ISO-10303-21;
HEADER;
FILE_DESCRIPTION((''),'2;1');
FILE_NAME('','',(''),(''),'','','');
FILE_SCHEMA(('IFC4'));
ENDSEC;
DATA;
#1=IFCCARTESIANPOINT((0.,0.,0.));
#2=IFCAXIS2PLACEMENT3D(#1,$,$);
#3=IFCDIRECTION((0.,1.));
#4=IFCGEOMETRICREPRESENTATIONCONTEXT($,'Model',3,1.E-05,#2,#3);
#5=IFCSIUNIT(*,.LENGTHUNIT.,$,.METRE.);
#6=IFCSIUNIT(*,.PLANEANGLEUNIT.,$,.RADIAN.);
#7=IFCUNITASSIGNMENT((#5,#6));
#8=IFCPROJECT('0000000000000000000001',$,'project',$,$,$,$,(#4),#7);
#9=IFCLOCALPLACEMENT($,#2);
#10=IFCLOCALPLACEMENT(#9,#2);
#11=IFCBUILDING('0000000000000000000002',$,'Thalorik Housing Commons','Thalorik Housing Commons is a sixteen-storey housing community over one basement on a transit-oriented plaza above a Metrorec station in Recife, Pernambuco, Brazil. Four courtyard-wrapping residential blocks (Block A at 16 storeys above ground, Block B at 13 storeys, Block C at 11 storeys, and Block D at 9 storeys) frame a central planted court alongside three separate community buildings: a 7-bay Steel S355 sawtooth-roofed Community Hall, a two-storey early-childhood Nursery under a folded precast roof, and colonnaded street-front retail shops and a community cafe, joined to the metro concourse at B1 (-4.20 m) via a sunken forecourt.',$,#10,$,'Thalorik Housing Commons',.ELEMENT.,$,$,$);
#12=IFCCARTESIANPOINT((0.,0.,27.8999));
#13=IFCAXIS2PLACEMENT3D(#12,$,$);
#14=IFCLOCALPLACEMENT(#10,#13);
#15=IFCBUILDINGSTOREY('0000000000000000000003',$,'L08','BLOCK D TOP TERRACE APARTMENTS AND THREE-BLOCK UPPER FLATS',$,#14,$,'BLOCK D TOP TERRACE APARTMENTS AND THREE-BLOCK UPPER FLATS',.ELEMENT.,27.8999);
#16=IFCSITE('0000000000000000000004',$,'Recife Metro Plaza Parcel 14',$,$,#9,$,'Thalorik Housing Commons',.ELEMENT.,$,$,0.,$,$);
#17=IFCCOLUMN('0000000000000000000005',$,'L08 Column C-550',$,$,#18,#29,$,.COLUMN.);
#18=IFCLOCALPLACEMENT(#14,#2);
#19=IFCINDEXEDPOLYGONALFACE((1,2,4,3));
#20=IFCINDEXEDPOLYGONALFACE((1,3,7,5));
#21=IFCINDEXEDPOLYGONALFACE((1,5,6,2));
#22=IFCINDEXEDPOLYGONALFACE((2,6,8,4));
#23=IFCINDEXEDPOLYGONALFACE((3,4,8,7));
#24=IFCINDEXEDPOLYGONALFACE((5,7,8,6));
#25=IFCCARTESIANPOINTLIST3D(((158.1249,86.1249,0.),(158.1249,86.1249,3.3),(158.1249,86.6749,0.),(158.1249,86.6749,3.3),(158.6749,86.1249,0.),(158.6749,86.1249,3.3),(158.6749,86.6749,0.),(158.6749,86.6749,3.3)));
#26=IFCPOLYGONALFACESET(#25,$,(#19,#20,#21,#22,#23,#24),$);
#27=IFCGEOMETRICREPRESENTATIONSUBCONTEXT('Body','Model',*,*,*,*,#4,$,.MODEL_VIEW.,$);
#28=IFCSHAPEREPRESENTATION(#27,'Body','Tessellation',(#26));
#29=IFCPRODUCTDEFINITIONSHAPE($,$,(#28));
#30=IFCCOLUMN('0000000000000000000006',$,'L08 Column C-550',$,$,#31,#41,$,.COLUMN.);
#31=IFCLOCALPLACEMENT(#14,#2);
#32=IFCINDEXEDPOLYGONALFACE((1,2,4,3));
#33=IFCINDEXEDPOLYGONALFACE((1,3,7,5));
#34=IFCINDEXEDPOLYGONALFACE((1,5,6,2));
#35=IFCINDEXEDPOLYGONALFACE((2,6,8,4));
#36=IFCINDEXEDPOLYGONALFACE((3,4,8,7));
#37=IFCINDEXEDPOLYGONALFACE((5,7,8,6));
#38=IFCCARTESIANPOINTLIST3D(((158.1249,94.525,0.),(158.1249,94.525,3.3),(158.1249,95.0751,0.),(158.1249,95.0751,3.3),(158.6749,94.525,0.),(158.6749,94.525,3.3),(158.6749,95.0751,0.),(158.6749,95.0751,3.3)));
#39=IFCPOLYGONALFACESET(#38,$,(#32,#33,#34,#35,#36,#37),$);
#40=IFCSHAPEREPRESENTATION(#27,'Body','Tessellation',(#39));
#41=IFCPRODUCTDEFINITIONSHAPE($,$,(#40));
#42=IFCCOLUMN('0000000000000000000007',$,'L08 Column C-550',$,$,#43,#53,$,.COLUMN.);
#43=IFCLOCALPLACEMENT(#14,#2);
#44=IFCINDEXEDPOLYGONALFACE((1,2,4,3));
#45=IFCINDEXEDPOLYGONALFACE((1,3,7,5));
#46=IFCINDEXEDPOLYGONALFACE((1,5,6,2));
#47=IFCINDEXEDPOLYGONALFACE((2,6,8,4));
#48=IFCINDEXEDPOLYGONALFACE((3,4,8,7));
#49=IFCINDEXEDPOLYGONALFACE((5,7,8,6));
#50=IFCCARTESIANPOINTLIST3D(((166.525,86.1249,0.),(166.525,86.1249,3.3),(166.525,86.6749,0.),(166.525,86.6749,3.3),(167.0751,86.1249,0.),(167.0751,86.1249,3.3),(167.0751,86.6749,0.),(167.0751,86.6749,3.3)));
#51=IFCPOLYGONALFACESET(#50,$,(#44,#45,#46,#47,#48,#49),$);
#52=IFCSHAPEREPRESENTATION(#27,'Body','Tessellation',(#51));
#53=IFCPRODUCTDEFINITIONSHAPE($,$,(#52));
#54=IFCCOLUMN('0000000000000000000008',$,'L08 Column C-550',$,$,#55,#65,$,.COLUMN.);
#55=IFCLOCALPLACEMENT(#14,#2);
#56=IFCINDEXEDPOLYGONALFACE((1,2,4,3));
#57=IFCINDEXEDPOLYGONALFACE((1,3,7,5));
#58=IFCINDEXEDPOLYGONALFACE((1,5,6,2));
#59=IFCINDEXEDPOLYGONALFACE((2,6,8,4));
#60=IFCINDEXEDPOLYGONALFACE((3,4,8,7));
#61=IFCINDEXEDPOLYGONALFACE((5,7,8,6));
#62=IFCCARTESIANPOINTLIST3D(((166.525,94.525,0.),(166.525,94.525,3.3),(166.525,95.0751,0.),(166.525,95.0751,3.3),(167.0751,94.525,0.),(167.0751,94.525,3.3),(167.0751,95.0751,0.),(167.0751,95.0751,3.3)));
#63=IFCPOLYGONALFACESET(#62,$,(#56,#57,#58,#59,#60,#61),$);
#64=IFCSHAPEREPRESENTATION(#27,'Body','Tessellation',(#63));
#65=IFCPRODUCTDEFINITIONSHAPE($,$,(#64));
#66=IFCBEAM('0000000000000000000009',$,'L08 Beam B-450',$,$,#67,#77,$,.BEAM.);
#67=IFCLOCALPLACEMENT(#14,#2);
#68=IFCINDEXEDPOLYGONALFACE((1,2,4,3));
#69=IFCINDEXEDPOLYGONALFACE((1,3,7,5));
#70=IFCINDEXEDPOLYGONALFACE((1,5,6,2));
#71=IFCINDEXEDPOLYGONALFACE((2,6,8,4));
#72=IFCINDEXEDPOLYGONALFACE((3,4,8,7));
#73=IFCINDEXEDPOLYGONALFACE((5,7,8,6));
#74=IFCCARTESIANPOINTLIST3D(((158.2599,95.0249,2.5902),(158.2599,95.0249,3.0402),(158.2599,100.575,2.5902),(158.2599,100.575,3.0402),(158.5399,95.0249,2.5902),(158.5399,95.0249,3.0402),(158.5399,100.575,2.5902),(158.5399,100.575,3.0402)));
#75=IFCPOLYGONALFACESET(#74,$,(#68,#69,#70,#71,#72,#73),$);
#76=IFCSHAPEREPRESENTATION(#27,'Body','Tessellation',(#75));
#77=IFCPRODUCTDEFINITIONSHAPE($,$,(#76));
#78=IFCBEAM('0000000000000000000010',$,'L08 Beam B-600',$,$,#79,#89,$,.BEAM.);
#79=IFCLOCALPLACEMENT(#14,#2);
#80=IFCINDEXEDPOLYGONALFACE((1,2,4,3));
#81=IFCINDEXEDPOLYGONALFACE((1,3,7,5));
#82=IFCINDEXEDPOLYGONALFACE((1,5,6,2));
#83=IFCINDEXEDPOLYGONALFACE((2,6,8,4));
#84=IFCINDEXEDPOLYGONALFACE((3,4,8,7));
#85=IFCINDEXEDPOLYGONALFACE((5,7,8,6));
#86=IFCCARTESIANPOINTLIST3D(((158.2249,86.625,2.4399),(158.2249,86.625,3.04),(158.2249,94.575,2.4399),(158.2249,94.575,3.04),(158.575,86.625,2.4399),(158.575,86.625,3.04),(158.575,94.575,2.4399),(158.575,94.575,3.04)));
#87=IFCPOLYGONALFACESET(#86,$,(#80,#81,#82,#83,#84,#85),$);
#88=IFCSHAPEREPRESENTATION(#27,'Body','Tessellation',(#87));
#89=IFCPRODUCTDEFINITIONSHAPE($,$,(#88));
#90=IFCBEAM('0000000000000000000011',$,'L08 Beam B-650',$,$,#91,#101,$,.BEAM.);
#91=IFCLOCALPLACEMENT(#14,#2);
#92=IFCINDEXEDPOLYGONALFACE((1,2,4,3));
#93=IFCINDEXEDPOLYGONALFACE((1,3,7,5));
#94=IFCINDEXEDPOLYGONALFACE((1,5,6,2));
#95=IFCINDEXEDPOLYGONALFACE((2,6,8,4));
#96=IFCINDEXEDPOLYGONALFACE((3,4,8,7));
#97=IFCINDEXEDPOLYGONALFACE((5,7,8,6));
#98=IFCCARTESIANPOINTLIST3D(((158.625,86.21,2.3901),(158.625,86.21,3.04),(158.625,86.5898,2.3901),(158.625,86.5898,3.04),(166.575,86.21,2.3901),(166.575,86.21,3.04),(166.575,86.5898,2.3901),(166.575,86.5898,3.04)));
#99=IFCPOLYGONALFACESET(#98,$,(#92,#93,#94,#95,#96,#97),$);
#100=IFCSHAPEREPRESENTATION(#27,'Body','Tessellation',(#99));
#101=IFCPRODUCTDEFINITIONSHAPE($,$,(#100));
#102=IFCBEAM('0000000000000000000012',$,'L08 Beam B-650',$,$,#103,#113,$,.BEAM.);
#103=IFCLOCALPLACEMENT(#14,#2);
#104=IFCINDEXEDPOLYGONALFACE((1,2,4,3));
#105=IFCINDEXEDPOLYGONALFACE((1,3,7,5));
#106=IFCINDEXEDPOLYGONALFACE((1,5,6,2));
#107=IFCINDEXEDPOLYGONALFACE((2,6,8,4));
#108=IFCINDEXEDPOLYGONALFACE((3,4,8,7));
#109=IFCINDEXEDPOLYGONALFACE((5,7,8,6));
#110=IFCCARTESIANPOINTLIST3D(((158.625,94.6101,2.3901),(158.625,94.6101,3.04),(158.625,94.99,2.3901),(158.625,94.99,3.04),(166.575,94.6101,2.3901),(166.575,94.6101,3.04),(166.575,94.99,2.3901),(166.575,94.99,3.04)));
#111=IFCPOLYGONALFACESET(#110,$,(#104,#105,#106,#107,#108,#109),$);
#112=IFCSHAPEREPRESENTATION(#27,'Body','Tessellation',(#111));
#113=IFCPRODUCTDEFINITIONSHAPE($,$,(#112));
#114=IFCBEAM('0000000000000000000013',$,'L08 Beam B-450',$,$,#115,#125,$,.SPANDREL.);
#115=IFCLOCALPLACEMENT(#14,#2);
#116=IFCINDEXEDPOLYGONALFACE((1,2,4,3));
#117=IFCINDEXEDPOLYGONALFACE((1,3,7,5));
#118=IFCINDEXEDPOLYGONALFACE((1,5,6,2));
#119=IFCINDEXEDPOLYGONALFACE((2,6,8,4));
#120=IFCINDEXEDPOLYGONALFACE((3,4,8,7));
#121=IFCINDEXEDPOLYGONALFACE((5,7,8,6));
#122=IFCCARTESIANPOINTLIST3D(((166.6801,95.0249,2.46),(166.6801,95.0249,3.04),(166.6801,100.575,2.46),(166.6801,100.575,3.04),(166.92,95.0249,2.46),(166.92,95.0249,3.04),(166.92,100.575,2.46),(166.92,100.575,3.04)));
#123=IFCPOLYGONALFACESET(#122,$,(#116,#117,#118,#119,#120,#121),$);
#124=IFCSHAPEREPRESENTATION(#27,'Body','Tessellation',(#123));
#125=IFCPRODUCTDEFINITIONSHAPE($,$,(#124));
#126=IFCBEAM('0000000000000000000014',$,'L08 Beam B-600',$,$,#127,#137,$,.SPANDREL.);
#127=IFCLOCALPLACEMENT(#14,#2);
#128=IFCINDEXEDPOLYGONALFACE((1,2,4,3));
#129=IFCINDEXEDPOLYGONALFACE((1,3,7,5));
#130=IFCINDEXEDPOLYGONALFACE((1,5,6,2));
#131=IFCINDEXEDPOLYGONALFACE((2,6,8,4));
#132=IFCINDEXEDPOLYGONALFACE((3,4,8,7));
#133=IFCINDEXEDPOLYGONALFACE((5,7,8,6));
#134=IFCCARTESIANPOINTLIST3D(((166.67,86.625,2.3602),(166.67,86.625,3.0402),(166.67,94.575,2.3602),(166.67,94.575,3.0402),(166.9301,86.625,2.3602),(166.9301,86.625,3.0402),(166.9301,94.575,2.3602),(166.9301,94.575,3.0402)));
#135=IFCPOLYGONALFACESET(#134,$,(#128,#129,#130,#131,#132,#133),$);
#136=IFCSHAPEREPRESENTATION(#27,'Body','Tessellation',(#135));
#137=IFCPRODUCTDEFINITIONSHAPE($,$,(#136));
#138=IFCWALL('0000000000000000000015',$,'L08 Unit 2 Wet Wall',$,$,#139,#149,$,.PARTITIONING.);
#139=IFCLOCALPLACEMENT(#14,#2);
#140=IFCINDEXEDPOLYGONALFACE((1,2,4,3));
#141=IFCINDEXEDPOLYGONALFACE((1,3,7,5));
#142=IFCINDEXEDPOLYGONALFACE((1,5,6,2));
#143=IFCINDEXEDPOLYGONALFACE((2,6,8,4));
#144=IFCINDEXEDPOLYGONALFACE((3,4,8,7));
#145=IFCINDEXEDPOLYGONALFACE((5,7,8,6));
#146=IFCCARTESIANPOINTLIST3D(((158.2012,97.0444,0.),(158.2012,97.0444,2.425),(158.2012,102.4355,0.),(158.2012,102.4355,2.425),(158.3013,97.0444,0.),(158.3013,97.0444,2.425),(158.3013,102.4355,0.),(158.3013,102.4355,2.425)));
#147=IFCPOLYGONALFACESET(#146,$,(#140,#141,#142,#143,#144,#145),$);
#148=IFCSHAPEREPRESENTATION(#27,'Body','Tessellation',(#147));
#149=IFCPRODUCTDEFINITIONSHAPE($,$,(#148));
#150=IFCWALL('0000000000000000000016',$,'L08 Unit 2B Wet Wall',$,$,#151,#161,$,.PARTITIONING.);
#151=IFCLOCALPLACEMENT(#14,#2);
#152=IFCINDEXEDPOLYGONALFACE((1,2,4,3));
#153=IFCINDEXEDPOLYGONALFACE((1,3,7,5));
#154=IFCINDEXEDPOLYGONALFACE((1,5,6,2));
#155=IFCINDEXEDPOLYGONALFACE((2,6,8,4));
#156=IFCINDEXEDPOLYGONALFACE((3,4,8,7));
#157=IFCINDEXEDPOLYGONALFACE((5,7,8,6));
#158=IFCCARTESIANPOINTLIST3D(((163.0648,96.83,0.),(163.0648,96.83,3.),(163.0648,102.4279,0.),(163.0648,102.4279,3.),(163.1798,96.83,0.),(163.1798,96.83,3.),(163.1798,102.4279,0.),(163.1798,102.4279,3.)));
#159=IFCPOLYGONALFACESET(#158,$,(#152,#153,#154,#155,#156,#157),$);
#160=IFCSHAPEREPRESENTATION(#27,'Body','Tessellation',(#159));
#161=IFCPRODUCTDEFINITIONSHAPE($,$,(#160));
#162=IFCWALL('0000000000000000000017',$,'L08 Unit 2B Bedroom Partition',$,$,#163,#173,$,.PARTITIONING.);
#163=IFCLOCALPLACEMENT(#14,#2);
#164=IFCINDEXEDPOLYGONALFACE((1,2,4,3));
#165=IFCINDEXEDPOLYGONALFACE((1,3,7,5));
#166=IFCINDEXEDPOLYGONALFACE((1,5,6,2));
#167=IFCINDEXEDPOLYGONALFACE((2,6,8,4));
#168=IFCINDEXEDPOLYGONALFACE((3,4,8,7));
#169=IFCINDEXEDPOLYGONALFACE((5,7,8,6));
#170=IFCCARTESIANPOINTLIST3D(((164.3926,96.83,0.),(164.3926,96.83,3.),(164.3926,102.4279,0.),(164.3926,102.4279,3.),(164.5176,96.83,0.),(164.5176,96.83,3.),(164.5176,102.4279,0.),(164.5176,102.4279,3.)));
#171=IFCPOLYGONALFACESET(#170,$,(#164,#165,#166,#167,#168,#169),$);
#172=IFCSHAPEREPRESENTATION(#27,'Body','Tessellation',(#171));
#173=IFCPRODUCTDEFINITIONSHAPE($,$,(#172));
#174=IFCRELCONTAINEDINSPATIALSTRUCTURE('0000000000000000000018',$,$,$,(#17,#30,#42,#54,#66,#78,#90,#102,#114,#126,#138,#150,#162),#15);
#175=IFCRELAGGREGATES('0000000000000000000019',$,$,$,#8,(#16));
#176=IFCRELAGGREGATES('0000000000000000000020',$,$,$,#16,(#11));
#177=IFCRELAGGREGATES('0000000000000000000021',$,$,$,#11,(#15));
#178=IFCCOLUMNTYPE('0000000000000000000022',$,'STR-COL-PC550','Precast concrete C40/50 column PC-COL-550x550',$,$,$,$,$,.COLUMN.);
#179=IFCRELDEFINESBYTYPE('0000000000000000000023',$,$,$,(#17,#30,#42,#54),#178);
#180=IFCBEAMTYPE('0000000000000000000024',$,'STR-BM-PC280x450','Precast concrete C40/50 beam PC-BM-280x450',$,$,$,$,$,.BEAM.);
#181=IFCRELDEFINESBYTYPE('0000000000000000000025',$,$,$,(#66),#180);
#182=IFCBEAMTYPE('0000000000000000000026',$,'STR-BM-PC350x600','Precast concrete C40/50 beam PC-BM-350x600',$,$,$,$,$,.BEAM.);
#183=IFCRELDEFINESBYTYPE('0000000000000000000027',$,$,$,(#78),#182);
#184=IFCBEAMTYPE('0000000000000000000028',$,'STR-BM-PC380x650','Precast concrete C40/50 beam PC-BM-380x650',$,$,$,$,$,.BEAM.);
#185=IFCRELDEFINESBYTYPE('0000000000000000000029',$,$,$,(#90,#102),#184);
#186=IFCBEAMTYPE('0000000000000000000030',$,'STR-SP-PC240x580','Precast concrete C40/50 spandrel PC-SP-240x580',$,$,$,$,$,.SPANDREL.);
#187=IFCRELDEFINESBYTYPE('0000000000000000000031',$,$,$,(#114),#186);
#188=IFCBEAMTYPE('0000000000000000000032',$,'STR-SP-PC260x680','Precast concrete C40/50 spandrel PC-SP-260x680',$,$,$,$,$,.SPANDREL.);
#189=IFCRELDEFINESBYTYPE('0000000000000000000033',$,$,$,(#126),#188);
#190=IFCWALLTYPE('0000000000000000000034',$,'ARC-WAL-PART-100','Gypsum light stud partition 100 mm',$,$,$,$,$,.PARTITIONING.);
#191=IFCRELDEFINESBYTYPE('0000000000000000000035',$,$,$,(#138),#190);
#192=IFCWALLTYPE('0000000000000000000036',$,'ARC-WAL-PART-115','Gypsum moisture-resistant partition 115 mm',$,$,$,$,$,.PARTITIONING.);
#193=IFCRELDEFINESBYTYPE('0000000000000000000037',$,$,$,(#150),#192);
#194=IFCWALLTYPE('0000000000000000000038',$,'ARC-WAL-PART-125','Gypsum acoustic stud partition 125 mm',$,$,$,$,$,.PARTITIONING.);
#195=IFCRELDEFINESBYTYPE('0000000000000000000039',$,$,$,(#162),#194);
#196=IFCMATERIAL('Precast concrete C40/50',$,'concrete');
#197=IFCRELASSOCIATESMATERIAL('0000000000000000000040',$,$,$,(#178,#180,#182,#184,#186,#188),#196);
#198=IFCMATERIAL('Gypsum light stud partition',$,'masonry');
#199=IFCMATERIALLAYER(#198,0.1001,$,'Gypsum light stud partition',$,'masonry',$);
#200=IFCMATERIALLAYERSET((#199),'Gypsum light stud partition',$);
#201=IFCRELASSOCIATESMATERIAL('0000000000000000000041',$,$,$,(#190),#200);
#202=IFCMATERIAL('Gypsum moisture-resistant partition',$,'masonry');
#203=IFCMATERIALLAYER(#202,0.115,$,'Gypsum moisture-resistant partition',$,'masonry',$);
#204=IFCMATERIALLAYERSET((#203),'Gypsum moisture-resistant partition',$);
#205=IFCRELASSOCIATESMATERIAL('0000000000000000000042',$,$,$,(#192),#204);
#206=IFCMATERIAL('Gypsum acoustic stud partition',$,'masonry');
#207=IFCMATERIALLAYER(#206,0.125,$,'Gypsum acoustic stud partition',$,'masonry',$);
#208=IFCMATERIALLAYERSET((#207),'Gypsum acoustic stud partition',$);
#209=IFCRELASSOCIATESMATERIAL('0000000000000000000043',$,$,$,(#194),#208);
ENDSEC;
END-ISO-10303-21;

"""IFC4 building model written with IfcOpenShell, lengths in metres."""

from ifc_helpers import new_model, si_unit, direction, frame, frame_2d, origin, origin_2d, place, context, subcontext, project, spatial, rectangle, extrude, material, layer, layer_set, material_profile, profile_set, type_object, element, save


model = new_model("IFC4")

# Units and contexts
model_context = context("Model", 3, precision=1e-05, world=origin(), true_north=direction((0.0, 1.0)))
body_context = subcontext(model_context, "Body", "Model", "MODEL_VIEW")
ifc_project = project(units=[si_unit("LENGTHUNIT", "METRE"), si_unit("PLANEANGLEUNIT", "RADIAN")], contexts=[model_context])

# Site, building, storey
site_placement = place(None, origin())
site = spatial("IfcSite", under=ifc_project, at=site_placement, Name="Recife Metro Plaza Parcel 14", LongName="Thalorik Housing Commons", CompositionType="ELEMENT", RefElevation=0.0)
building_placement = place(site_placement, origin())
building = spatial("IfcBuilding", under=site, at=building_placement, Name="Thalorik Housing Commons", Description="Thalorik Housing Commons is a sixteen-storey housing community over one basement on a transit-oriented plaza above a Metrorec station in Recife, Pernambuco, Brazil. Four courtyard-wrapping residential blocks (Block A at 16 storeys above ground, Block B at 13 storeys, Block C at 11 storeys, and Block D at 9 storeys) frame a central planted court alongside three separate community buildings: a 7-bay Steel S355 sawtooth-roofed Community Hall, a two-storey early-childhood Nursery under a folded precast roof, and colonnaded street-front retail shops and a community cafe, joined to the metro concourse at B1 (-4.20 m) via a sunken forecourt.", LongName="Thalorik Housing Commons", CompositionType="ELEMENT")
storey_placement = place(building_placement, frame((0.0, 0.0, 27.8999)))
storey = spatial("IfcBuildingStorey", under=building, at=storey_placement, Name="L08", Description="BLOCK D TOP TERRACE APARTMENTS AND THREE-BLOCK UPPER FLATS", LongName="BLOCK D TOP TERRACE APARTMENTS AND THREE-BLOCK UPPER FLATS", CompositionType="ELEMENT", Elevation=27.8999)

# Columns
ifc_material_1 = material(Name="Precast concrete C40/50", Category="concrete")
ifc_material_profile_1 = material_profile(ifc_material_1, rectangle(XDim=0.55, YDim=0.55, at=origin_2d()), Name="PC 550x550", Category="concrete")
ifc_profile_set_1 = profile_set([ifc_material_profile_1], Name="Precast concrete C40/50")
column_type = type_object("IfcColumnType", Name="STR-COL-PC550", Description="Precast concrete C40/50 column PC-COL-550x550", PredefinedType="COLUMN", material=ifc_profile_set_1)
for number, where, z_axis, x_axis, name in (
    (1, (158.3999, 86.3999, 0.0), (0.0, 0.0, 1.0), (1.0, 0.0, 0.0), "L08 Column C-550"),
    (2, (158.3999, 94.8, 0.0), (0.0, 0.0, 1.0), (1.0, 0.0, 0.0), "L08 Column C-550"),
    (3, (166.8, 86.3999, 0.0), (0.0, 0.0, 1.0), (1.0, 0.0, 0.0), "L08 Column C-550"),
    (4, (166.8, 94.8, 0.0), (0.0, 0.0, 1.0), (1.0, 0.0, 0.0), "L08 Column C-550"),
):
    element("IfcColumn", number, at=place(storey_placement, frame(where, z_axis=z_axis, x_axis=x_axis)), inside=storey, type_object=column_type, Name=name, PredefinedType="COLUMN", context=body_context, shape_type="SweptSolid", body=[
        extrude(rectangle(XDim=0.55, YDim=0.55, at=origin_2d()), origin(), (0.0, 0.0, 1.0), 3.3),
    ])

# Beams
ifc_material_profile_2 = material_profile(ifc_material_1, rectangle(XDim=0.28, YDim=0.45, at=origin_2d()), Name="PC 280x450", Category="concrete")
ifc_profile_set_2 = profile_set([ifc_material_profile_2], Name="Precast concrete C40/50")
beam_type_1 = type_object("IfcBeamType", Name="STR-BM-PC280x450", Description="Precast concrete C40/50 beam PC-BM-280x450", PredefinedType="BEAM", material=ifc_profile_set_2)
beam_1_placement = place(storey_placement, frame((158.3999, 95.0249, 2.8152), z_axis=(0.0, 1.0, 0.0), x_axis=(-1.0, 0.0, 0.0)))
element("IfcBeam", 5, at=beam_1_placement, inside=storey, type_object=beam_type_1, Name="L08 Beam B-450", PredefinedType="BEAM", context=body_context, shape_type="SweptSolid", body=[
    extrude(rectangle(XDim=0.28, YDim=0.45, at=origin_2d()), origin(), (0.0, 0.0, 1.0), 5.55),
])
ifc_material_profile_3 = material_profile(ifc_material_1, rectangle(XDim=0.3501, YDim=0.6001, at=origin_2d()), Name="PC 350x600", Category="concrete")
ifc_profile_set_3 = profile_set([ifc_material_profile_3], Name="Precast concrete C40/50")
beam_type_2 = type_object("IfcBeamType", Name="STR-BM-PC350x600", Description="Precast concrete C40/50 beam PC-BM-350x600", PredefinedType="BEAM", material=ifc_profile_set_3)
beam_2_placement = place(storey_placement, frame((158.3999, 86.625, 2.74), z_axis=(0.0, 1.0, 0.0), x_axis=(-1.0, 0.0, 0.0)))
element("IfcBeam", 6, at=beam_2_placement, inside=storey, type_object=beam_type_2, Name="L08 Beam B-600", PredefinedType="BEAM", context=body_context, shape_type="SweptSolid", body=[
    extrude(rectangle(XDim=0.3501, YDim=0.6001, at=origin_2d()), origin(), (0.0, 0.0, 1.0), 7.95),
])
ifc_material_profile_4 = material_profile(ifc_material_1, rectangle(XDim=0.3799, YDim=0.6499, at=origin_2d()), Name="PC 380x650", Category="concrete")
ifc_profile_set_4 = profile_set([ifc_material_profile_4], Name="Precast concrete C40/50")
beam_type_3 = type_object("IfcBeamType", Name="STR-BM-PC380x650", Description="Precast concrete C40/50 beam PC-BM-380x650", PredefinedType="BEAM", material=ifc_profile_set_4)
for number, where, z_axis, x_axis, name in (
    (7, (158.625, 86.3999, 2.7151), (1.0, 0.0, 0.0), (0.0, 1.0, 0.0), "L08 Beam B-650"),
    (8, (158.625, 94.8, 2.7151), (1.0, 0.0, 0.0), (0.0, 1.0, 0.0), "L08 Beam B-650"),
):
    element("IfcBeam", number, at=place(storey_placement, frame(where, z_axis=z_axis, x_axis=x_axis)), inside=storey, type_object=beam_type_3, Name=name, PredefinedType="BEAM", context=body_context, shape_type="SweptSolid", body=[
        extrude(rectangle(XDim=0.3799, YDim=0.6499, at=origin_2d()), origin(), (0.0, 0.0, 1.0), 7.95),
    ])
ifc_material_profile_5 = material_profile(ifc_material_1, rectangle(XDim=0.24, YDim=0.5801, at=origin_2d()), Name="PC SP 240x580", Category="concrete")
ifc_profile_set_5 = profile_set([ifc_material_profile_5], Name="Precast concrete C40/50")
beam_type_4 = type_object("IfcBeamType", Name="STR-SP-PC240x580", Description="Precast concrete C40/50 spandrel PC-SP-240x580", PredefinedType="SPANDREL", material=ifc_profile_set_5)
beam_3_placement = place(storey_placement, frame((166.8, 95.0249, 2.75), z_axis=(0.0, 1.0, 0.0), x_axis=(-1.0, 0.0, 0.0)))
element("IfcBeam", 9, at=beam_3_placement, inside=storey, type_object=beam_type_4, Name="L08 Beam B-450", PredefinedType="SPANDREL", context=body_context, shape_type="SweptSolid", body=[
    extrude(rectangle(XDim=0.24, YDim=0.5801, at=origin_2d()), origin(), (0.0, 0.0, 1.0), 5.55),
])
ifc_material_profile_6 = material_profile(ifc_material_1, rectangle(XDim=0.26, YDim=0.6799, at=origin_2d()), Name="PC SP 260x680", Category="concrete")
ifc_profile_set_6 = profile_set([ifc_material_profile_6], Name="Precast concrete C40/50")
beam_type_5 = type_object("IfcBeamType", Name="STR-SP-PC260x680", Description="Precast concrete C40/50 spandrel PC-SP-260x680", PredefinedType="SPANDREL", material=ifc_profile_set_6)
beam_4_placement = place(storey_placement, frame((166.8, 86.625, 2.7002), z_axis=(0.0, 1.0, 0.0), x_axis=(-1.0, 0.0, 0.0)))
element("IfcBeam", 10, at=beam_4_placement, inside=storey, type_object=beam_type_5, Name="L08 Beam B-600", PredefinedType="SPANDREL", context=body_context, shape_type="SweptSolid", body=[
    extrude(rectangle(XDim=0.26, YDim=0.6799, at=origin_2d()), origin(), (0.0, 0.0, 1.0), 7.95),
])

# Walls
ifc_material_2 = material(Name="Gypsum light stud partition", Category="masonry")
ifc_layer_1 = layer(ifc_material_2, 0.1001, Name="Gypsum light stud partition", Category="masonry")
ifc_layer_set_1 = layer_set([ifc_layer_1], Name="Gypsum light stud partition")
wall_type_1 = type_object("IfcWallType", Name="ARC-WAL-PART-100", Description="Gypsum light stud partition 100 mm", PredefinedType="PARTITIONING", material=ifc_layer_set_1)
wall_1_placement = place(storey_placement, frame((158.2512, 97.0444, 0.0), z_axis=(0.0, 0.0, 1.0), x_axis=(0.0, 1.0, 0.0)))
element("IfcWall", 11, at=wall_1_placement, inside=storey, type_object=wall_type_1, Name="L08 Unit 2 Wet Wall", PredefinedType="PARTITIONING", context=body_context, shape_type="SweptSolid", body=[
    extrude(rectangle(XDim=5.3911, YDim=0.1001, at=frame_2d((2.6956, 0.0))), origin(), (0.0, 0.0, 1.0), 2.425),
])
ifc_material_3 = material(Name="Gypsum moisture-resistant partition", Category="masonry")
ifc_layer_2 = layer(ifc_material_3, 0.115, Name="Gypsum moisture-resistant partition", Category="masonry")
ifc_layer_set_2 = layer_set([ifc_layer_2], Name="Gypsum moisture-resistant partition")
wall_type_2 = type_object("IfcWallType", Name="ARC-WAL-PART-115", Description="Gypsum moisture-resistant partition 115 mm", PredefinedType="PARTITIONING", material=ifc_layer_set_2)
wall_2_placement = place(storey_placement, frame((163.1223, 96.8301, 0.0), z_axis=(0.0, 0.0, 1.0), x_axis=(0.0, 1.0, 0.0)))
element("IfcWall", 12, at=wall_2_placement, inside=storey, type_object=wall_type_2, Name="L08 Unit 2B Wet Wall", PredefinedType="PARTITIONING", context=body_context, shape_type="SweptSolid", body=[
    extrude(rectangle(XDim=5.5979, YDim=0.115, at=frame_2d((2.7988, 0.0))), origin(), (0.0, 0.0, 1.0), 3.0),
])
ifc_material_4 = material(Name="Gypsum acoustic stud partition", Category="masonry")
ifc_layer_3 = layer(ifc_material_4, 0.125, Name="Gypsum acoustic stud partition", Category="masonry")
ifc_layer_set_3 = layer_set([ifc_layer_3], Name="Gypsum acoustic stud partition")
wall_type_3 = type_object("IfcWallType", Name="ARC-WAL-PART-125", Description="Gypsum acoustic stud partition 125 mm", PredefinedType="PARTITIONING", material=ifc_layer_set_3)
wall_3_placement = place(storey_placement, frame((164.4551, 96.8301, 0.0), z_axis=(0.0, 0.0, 1.0), x_axis=(0.0, 1.0, 0.0)))
element("IfcWall", 13, at=wall_3_placement, inside=storey, type_object=wall_type_3, Name="L08 Unit 2B Bedroom Partition", PredefinedType="PARTITIONING", context=body_context, shape_type="SweptSolid", body=[
    extrude(rectangle(XDim=5.5979, YDim=0.125, at=frame_2d((2.7988, 0.0))), origin(), (0.0, 0.0, 1.0), 3.0),
])

save(model, "model.ifc")
